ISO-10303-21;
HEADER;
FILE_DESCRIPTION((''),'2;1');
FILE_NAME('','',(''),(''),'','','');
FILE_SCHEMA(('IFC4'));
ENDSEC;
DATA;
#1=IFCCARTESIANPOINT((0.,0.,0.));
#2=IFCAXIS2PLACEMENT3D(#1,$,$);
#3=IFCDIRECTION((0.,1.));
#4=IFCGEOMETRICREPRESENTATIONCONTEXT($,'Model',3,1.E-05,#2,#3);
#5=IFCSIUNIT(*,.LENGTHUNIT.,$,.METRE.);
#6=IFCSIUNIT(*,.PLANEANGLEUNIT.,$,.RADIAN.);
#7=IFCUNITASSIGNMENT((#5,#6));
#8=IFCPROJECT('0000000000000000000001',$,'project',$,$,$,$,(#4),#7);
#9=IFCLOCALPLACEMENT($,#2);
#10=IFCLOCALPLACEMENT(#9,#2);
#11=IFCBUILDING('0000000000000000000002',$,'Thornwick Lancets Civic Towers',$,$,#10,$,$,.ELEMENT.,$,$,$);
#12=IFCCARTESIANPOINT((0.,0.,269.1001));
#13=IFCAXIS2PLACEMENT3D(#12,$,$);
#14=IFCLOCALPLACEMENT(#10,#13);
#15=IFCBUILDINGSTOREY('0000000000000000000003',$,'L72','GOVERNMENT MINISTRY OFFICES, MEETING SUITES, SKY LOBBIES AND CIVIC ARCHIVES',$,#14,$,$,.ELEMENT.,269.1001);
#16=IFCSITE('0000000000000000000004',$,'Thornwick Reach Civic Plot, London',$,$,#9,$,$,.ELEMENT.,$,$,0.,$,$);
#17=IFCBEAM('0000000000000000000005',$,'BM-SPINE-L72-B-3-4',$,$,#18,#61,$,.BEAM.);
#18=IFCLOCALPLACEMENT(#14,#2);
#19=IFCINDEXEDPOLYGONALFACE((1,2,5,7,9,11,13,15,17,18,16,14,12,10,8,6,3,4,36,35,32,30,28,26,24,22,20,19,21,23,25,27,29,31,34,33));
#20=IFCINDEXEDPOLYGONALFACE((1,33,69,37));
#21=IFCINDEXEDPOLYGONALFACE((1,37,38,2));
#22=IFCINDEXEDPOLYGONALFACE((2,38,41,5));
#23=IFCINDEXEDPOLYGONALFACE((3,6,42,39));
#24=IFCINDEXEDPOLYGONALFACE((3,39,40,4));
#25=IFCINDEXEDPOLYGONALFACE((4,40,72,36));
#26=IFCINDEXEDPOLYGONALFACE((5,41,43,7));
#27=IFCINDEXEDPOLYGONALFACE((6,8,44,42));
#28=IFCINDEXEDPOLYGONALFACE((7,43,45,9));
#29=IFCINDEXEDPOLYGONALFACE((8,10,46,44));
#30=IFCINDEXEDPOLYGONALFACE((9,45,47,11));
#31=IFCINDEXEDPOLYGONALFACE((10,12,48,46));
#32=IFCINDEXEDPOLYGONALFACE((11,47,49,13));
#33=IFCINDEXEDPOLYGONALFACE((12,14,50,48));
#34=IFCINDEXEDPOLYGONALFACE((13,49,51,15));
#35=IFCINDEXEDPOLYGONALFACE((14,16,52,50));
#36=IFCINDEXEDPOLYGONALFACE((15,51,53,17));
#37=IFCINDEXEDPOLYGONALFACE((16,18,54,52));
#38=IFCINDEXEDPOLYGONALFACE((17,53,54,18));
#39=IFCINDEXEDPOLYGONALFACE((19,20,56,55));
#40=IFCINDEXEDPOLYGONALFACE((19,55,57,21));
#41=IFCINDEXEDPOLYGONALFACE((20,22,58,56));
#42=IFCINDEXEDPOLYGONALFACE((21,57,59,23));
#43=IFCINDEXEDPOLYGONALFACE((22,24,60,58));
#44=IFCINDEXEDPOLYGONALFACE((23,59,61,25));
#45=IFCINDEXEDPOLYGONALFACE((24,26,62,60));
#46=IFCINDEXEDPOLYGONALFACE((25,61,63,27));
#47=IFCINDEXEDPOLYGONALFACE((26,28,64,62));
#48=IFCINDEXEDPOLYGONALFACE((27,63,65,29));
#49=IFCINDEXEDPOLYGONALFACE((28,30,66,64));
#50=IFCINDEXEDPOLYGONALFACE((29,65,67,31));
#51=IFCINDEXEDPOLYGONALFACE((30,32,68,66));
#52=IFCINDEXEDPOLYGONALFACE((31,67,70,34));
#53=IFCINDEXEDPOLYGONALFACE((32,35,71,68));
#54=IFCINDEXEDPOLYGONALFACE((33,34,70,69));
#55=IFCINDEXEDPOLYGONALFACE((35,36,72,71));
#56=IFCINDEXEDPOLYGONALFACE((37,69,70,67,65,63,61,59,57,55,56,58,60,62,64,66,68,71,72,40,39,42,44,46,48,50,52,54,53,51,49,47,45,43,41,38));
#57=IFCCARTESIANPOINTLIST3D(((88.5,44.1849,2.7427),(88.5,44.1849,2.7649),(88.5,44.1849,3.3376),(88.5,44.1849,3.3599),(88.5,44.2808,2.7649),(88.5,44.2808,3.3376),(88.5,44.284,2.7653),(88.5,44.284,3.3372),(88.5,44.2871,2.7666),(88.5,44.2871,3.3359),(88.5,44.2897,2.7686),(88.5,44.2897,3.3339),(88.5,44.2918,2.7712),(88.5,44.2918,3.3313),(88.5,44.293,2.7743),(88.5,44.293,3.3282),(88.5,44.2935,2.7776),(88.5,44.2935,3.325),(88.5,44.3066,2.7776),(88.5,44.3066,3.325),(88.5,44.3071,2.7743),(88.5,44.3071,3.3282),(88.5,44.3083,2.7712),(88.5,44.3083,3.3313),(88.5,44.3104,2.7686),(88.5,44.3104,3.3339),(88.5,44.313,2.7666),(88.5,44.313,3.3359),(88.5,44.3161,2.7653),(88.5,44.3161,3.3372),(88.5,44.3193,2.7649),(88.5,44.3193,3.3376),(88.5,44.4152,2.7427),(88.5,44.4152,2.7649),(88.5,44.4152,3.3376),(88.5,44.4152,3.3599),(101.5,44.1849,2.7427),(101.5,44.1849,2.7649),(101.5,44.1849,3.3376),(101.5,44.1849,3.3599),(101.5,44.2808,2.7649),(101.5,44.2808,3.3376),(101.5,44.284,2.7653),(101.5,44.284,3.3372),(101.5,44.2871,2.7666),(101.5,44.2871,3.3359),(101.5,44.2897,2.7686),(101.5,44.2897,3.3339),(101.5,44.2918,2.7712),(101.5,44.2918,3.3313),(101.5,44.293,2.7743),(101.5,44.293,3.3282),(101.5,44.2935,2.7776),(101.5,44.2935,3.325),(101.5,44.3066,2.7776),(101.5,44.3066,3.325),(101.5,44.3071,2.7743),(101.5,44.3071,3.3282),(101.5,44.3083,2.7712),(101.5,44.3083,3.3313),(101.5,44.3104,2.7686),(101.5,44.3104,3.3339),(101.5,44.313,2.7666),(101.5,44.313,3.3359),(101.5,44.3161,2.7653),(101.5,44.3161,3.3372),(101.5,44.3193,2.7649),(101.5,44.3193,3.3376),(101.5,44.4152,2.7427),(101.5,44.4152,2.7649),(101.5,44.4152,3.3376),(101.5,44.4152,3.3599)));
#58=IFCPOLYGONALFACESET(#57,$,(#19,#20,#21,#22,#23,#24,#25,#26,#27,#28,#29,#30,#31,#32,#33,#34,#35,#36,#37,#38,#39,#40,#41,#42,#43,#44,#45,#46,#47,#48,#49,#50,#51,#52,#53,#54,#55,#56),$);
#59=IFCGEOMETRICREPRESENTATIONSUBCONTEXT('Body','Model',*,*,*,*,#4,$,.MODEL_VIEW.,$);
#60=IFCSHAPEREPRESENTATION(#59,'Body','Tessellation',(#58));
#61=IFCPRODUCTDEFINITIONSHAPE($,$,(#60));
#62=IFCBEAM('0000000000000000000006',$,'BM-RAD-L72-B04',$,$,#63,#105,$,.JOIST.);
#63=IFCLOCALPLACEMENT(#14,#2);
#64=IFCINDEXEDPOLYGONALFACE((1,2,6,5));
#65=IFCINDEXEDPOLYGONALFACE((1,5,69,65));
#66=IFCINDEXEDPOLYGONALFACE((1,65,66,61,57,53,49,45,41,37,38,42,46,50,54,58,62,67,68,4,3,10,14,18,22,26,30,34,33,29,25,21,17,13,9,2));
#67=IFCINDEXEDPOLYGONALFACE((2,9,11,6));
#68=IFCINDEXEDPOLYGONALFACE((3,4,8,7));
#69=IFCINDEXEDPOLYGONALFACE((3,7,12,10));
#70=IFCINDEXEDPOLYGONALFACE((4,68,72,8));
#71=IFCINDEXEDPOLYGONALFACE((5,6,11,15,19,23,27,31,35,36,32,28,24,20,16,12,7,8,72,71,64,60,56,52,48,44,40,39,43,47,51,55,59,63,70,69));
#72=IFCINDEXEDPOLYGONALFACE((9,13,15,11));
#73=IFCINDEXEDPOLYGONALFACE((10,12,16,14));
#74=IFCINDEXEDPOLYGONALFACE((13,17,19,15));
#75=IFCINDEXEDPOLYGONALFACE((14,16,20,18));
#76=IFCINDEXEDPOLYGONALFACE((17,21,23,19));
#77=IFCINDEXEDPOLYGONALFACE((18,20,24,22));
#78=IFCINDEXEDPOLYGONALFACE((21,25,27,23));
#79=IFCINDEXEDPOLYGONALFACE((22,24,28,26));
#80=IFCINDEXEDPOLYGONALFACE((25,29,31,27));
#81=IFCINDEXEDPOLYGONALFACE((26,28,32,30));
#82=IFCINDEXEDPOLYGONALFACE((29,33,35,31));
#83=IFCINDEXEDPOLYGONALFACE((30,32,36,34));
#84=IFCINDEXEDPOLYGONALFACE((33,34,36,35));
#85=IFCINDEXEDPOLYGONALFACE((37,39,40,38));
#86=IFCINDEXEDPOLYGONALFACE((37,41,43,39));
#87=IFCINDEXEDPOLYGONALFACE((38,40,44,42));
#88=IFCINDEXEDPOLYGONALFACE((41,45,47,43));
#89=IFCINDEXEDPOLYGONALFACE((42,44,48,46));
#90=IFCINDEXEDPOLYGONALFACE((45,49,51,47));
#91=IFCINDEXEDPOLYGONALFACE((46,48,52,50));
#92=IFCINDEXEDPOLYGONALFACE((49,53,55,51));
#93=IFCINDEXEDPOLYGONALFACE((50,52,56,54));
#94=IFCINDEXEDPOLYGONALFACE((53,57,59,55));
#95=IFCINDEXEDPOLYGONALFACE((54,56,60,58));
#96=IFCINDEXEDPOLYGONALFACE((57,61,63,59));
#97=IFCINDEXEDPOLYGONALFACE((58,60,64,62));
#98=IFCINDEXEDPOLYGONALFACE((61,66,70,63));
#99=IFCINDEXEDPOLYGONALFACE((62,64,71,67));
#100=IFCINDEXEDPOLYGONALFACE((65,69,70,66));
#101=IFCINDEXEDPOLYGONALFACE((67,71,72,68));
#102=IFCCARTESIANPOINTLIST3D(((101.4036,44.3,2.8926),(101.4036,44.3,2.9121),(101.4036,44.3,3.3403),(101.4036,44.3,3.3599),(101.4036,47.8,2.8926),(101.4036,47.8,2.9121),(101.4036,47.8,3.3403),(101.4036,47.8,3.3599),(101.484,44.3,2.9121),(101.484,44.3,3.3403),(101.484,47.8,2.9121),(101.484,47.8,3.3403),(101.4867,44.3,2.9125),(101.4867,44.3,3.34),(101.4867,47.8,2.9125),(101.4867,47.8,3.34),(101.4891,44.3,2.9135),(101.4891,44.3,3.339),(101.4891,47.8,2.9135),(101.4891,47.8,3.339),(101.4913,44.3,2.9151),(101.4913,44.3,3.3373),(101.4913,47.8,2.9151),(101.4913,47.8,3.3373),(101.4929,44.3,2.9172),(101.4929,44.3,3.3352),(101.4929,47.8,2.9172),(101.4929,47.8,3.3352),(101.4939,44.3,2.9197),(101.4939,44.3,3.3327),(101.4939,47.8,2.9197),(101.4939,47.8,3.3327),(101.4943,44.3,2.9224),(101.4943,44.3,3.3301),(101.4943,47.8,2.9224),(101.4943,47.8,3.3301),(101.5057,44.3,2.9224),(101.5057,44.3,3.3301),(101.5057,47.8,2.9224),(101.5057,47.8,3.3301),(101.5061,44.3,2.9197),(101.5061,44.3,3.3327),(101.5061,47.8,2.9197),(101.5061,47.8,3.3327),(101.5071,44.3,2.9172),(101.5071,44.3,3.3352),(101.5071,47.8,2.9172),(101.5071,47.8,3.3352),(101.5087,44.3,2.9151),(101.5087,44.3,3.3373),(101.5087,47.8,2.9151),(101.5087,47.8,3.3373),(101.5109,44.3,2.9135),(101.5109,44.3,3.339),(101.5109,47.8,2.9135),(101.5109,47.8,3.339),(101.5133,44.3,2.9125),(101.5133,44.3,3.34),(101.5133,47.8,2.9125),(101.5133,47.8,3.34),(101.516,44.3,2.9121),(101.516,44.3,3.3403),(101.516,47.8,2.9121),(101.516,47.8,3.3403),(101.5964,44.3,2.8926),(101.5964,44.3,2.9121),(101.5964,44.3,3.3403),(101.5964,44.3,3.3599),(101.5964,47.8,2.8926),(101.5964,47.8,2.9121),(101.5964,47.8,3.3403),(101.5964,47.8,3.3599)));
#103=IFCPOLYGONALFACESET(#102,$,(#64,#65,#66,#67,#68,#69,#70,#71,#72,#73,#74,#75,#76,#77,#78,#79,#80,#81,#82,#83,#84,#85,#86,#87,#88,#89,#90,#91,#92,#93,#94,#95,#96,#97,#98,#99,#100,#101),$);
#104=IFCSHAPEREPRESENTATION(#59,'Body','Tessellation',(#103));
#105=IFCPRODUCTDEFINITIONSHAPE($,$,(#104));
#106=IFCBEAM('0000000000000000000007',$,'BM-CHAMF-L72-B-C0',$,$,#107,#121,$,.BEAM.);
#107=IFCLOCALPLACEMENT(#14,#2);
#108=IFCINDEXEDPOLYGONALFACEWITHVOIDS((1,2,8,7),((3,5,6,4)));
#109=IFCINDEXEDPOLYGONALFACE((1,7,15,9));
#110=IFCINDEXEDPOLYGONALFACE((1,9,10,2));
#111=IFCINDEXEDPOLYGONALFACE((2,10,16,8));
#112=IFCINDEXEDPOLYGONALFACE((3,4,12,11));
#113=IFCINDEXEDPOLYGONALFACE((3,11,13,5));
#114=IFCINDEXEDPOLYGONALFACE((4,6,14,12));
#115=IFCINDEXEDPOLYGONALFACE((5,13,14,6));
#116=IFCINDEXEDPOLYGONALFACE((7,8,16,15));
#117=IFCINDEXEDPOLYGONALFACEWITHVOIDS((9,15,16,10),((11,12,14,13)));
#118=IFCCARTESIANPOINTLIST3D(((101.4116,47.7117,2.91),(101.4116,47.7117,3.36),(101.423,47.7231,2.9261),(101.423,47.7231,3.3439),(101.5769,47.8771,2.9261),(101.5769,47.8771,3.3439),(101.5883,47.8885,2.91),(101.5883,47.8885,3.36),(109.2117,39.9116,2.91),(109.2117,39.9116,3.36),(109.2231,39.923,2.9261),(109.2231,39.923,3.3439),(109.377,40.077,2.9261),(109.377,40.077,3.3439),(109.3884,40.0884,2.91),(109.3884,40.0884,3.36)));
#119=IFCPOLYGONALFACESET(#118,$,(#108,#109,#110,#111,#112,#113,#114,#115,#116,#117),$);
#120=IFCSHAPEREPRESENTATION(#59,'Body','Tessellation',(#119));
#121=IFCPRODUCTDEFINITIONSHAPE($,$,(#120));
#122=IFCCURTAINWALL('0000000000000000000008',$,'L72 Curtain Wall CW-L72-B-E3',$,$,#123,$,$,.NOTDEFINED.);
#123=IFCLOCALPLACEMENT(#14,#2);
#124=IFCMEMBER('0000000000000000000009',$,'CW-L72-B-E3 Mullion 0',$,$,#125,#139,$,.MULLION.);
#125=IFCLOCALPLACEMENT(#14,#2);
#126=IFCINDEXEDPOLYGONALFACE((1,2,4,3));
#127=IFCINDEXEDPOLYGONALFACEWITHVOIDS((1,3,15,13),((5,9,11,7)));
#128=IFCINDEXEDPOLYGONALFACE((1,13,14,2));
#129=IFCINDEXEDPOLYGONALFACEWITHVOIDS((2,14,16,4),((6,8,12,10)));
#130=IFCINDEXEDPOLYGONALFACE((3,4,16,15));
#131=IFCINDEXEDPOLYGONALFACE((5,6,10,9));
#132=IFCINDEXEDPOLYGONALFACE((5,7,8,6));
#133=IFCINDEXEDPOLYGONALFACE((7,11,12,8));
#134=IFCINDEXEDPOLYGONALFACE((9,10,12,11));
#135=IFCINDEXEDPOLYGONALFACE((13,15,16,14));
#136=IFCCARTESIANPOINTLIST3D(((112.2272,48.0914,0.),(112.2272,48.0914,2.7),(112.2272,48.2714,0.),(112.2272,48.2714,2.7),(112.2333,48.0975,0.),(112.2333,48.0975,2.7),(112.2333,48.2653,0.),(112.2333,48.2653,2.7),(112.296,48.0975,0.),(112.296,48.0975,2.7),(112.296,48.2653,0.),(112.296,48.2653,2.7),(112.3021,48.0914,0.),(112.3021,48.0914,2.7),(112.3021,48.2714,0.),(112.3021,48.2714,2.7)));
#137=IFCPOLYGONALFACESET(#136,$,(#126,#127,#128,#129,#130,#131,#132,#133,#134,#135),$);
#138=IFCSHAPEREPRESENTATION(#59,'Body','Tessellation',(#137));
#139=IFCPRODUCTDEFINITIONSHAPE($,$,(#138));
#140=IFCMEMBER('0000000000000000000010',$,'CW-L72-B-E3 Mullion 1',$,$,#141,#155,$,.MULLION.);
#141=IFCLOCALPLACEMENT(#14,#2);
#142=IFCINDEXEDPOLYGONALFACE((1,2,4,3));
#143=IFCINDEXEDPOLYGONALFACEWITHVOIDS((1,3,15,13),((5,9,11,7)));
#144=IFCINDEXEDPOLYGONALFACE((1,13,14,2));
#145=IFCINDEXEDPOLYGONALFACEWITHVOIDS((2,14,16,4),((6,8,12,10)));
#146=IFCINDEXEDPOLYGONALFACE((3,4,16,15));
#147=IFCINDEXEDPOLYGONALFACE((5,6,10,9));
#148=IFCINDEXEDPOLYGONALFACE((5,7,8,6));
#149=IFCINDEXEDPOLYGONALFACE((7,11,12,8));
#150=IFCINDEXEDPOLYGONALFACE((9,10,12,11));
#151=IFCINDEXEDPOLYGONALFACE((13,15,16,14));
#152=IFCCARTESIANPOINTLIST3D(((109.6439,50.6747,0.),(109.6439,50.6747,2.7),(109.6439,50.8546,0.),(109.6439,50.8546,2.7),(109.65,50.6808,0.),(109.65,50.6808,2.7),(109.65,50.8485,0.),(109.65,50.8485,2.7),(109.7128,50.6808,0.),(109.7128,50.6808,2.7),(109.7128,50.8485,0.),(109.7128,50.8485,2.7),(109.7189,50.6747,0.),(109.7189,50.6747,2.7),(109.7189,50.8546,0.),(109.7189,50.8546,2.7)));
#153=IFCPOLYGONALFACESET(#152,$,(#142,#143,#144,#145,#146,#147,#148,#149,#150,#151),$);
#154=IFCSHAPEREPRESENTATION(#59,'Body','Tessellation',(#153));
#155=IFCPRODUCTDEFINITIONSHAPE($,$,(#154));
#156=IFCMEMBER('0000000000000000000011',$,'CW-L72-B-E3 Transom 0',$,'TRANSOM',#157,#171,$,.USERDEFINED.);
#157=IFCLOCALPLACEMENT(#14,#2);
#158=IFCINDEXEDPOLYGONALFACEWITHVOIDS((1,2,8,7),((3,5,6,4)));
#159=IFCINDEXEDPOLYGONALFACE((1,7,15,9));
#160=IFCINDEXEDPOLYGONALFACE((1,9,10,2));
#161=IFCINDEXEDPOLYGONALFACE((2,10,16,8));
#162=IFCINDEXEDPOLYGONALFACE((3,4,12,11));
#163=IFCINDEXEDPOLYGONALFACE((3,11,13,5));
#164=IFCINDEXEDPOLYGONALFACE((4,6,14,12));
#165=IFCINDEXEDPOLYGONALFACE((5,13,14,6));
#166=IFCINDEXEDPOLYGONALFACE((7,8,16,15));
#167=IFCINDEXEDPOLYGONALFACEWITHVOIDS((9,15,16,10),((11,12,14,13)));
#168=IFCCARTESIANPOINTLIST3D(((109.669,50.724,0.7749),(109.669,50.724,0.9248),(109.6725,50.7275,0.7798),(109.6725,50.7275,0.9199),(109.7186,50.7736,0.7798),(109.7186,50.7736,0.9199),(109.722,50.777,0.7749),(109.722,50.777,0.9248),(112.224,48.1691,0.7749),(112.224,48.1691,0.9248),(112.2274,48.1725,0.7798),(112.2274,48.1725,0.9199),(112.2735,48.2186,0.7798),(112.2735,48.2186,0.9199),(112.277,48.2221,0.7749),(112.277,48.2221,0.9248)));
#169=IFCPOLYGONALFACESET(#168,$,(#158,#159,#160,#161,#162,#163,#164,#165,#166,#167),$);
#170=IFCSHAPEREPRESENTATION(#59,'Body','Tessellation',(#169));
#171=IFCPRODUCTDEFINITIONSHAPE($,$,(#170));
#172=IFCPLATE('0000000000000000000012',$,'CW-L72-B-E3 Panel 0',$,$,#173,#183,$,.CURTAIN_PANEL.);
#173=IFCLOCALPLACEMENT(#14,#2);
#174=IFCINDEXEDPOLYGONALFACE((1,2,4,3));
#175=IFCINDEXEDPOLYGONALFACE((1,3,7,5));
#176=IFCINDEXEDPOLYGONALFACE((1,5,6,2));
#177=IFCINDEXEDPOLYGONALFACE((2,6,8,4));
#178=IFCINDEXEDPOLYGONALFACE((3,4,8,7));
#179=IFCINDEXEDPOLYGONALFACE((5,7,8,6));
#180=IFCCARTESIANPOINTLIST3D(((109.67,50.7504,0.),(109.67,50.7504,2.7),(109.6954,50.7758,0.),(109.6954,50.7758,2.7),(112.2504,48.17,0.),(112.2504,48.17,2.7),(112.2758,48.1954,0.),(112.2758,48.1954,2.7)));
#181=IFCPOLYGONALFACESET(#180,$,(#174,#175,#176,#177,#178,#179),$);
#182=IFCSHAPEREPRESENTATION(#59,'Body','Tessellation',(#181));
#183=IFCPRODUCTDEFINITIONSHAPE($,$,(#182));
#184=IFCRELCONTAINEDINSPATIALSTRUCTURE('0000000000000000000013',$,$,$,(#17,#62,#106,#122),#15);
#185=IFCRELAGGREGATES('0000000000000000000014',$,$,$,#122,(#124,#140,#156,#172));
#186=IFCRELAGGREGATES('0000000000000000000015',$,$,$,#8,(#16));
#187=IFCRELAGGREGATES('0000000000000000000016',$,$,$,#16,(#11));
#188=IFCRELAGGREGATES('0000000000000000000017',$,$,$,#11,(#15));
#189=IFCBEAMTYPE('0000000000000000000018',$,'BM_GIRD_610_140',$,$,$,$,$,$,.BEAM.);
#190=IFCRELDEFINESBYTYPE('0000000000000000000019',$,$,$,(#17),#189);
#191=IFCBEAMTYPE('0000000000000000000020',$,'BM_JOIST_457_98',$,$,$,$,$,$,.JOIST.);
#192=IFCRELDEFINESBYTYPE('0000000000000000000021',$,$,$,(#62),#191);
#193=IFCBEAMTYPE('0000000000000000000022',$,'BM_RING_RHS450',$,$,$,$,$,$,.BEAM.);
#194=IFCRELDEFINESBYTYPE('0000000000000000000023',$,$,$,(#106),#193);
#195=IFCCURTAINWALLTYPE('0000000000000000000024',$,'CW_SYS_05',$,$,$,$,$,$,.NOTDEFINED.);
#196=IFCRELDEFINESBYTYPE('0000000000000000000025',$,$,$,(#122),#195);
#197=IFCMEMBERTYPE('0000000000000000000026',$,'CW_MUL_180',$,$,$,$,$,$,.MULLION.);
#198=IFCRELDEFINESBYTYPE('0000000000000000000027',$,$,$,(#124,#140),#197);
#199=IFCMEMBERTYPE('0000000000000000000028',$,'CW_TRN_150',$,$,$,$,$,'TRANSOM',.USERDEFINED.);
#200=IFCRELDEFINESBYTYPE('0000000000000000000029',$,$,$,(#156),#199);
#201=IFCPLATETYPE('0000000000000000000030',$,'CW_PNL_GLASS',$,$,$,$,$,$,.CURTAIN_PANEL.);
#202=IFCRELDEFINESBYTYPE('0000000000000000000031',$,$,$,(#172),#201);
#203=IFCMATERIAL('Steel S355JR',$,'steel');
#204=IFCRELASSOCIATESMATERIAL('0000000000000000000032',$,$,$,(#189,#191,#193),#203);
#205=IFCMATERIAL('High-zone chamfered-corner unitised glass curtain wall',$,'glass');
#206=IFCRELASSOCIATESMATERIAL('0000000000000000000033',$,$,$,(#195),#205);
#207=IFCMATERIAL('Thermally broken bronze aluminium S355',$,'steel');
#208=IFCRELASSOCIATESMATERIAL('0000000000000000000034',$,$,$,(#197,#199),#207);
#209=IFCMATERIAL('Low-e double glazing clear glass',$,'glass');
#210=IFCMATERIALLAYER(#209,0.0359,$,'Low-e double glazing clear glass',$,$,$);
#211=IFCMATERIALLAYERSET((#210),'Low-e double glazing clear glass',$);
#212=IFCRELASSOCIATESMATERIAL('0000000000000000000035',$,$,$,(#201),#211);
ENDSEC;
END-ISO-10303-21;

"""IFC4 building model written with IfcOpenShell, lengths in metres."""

from ifc_helpers import new_model, si_unit, direction, frame, origin, origin_2d, place, context, subcontext, project, spatial, rectangle, hollow_rectangle, i_section, extrude, material, layer, layer_set, material_profile, profile_set, type_object, element, aggregate, save


model = new_model("IFC4")

# Units and contexts
model_context = context("Model", 3, precision=1e-05, world=origin(), true_north=direction((0.0, 1.0)))
body_context = subcontext(model_context, "Body", "Model", "MODEL_VIEW")
ifc_project = project(units=[si_unit("LENGTHUNIT", "METRE"), si_unit("PLANEANGLEUNIT", "RADIAN")], contexts=[model_context])

# Site, building, storey
site_placement = place(None, origin())
site = spatial("IfcSite", under=ifc_project, at=site_placement, Name="Thornwick Reach Civic Plot, London", CompositionType="ELEMENT", RefElevation=0.0)
building_placement = place(site_placement, origin())
building = spatial("IfcBuilding", under=site, at=building_placement, Name="Thornwick Lancets Civic Towers", CompositionType="ELEMENT")
storey_placement = place(building_placement, frame((0.0, 0.0, 269.1001)))
storey = spatial("IfcBuildingStorey", under=building, at=storey_placement, Name="L72", Description="GOVERNMENT MINISTRY OFFICES, MEETING SUITES, SKY LOBBIES AND CIVIC ARCHIVES", CompositionType="ELEMENT", Elevation=269.1001)

# Shared definitions
ifc_material_1 = material(Name="Steel S355JR", Category="steel")

# Beams
ifc_material_profile_1 = material_profile(ifc_material_1, i_section(OverallWidth=0.2302, OverallDepth=0.6172, WebThickness=0.0132, FlangeThickness=0.0222, FilletRadius=0.0127, at=origin_2d()), Name="UKB 610x229x140")
ifc_profile_set_1 = profile_set([ifc_material_profile_1], Name="Steel S355JR")
beam_type_1 = type_object("IfcBeamType", Name="BM_GIRD_610_140", PredefinedType="BEAM", material=ifc_profile_set_1)
beam_1_placement = place(storey_placement, frame((101.5, 44.3, 3.0513), z_axis=(-1.0, 0.0, 0.0), x_axis=(0.0, -1.0, 0.0)))
element("IfcBeam", 1, at=beam_1_placement, inside=storey, type_object=beam_type_1, Name="BM-SPINE-L72-B-3-4", PredefinedType="BEAM", context=body_context, shape_type="SweptSolid", body=[
    extrude(i_section(OverallWidth=0.2302, OverallDepth=0.6172, WebThickness=0.0132, FlangeThickness=0.0222, FilletRadius=0.0127, at=origin_2d()), origin(), (0.0, 0.0, 1.0), 13.0),
])
ifc_material_profile_2 = material_profile(ifc_material_1, i_section(OverallWidth=0.1929, OverallDepth=0.4673, WebThickness=0.0115, FlangeThickness=0.0195, FilletRadius=0.0103, at=origin_2d()), Name="UKB 457x191x98")
ifc_profile_set_2 = profile_set([ifc_material_profile_2], Name="Steel S355JR")
beam_type_2 = type_object("IfcBeamType", Name="BM_JOIST_457_98", PredefinedType="JOIST", material=ifc_profile_set_2)
beam_2_placement = place(storey_placement, frame((101.5, 44.3, 3.1262), z_axis=(0.0, 1.0, 0.0), x_axis=(-1.0, 0.0, 0.0)))
element("IfcBeam", 2, at=beam_2_placement, inside=storey, type_object=beam_type_2, Name="BM-RAD-L72-B04", PredefinedType="JOIST", context=body_context, shape_type="SweptSolid", body=[
    extrude(i_section(OverallWidth=0.1929, OverallDepth=0.4673, WebThickness=0.0115, FlangeThickness=0.0195, FilletRadius=0.0103, at=origin_2d()), origin(), (0.0, 0.0, 1.0), 3.5),
])
ifc_material_profile_3 = material_profile(ifc_material_1, hollow_rectangle(XDim=0.25, YDim=0.45, WallThickness=0.0161, at=origin_2d()), Name="RHS 450x250x16")
ifc_profile_set_3 = profile_set([ifc_material_profile_3], Name="Steel S355JR")
beam_type_3 = type_object("IfcBeamType", Name="BM_RING_RHS450", PredefinedType="BEAM", material=ifc_profile_set_3)
beam_3_placement = place(storey_placement, frame((109.3, 40.0, 3.135), z_axis=(-0.707107, 0.707107, 0.0), x_axis=(-0.707107, -0.707107, 0.0)))
element("IfcBeam", 3, at=beam_3_placement, inside=storey, type_object=beam_type_3, Name="BM-CHAMF-L72-B-C0", PredefinedType="BEAM", context=body_context, shape_type="SweptSolid", body=[
    extrude(hollow_rectangle(XDim=0.25, YDim=0.45, WallThickness=0.0161, at=origin_2d()), origin(), (0.0, 0.0, 1.0), 11.031),
])

# Curtain wall, members, plate
ifc_material_2 = material(Name="High-zone chamfered-corner unitised glass curtain wall", Category="glass")
curtain_wall_type = type_object("IfcCurtainWallType", Name="CW_SYS_05", PredefinedType="NOTDEFINED", material=ifc_material_2)
curtain_wall_placement = place(storey_placement, origin())
curtain_wall = element("IfcCurtainWall", 4, at=curtain_wall_placement, inside=storey, type_object=curtain_wall_type, Name="L72 Curtain Wall CW-L72-B-E3", PredefinedType="NOTDEFINED")
ifc_material_3 = material(Name="Thermally broken bronze aluminium S355", Category="steel")
ifc_material_profile_4 = material_profile(ifc_material_3, hollow_rectangle(XDim=0.075, YDim=0.1799, WallThickness=0.0061, at=origin_2d()), Name="RHS 180x75x6")
ifc_profile_set_4 = profile_set([ifc_material_profile_4], Name="Thermally broken bronze aluminium S355")
member_type_1 = type_object("IfcMemberType", Name="CW_MUL_180", PredefinedType="MULLION", material=ifc_profile_set_4)
member_1_placement = place(storey_placement, frame((112.2646, 48.1814, 0.0), z_axis=(0.0, 0.0, 1.0), x_axis=(1.0, 0.0, 0.0)))
member_1 = element("IfcMember", 5, at=member_1_placement, type_object=member_type_1, Name="CW-L72-B-E3 Mullion 0", PredefinedType="MULLION", context=body_context, shape_type="SweptSolid", body=[
    extrude(hollow_rectangle(XDim=0.075, YDim=0.1799, WallThickness=0.0061, at=origin_2d()), origin(), (0.0, 0.0, 1.0), 2.7),
])
member_2_placement = place(storey_placement, frame((109.6814, 50.7646, 0.0), z_axis=(0.0, 0.0, 1.0), x_axis=(1.0, 0.0, 0.0)))
member_2 = element("IfcMember", 6, at=member_2_placement, type_object=member_type_1, Name="CW-L72-B-E3 Mullion 1", PredefinedType="MULLION", context=body_context, shape_type="SweptSolid", body=[
    extrude(hollow_rectangle(XDim=0.075, YDim=0.1799, WallThickness=0.0061, at=origin_2d()), origin(), (0.0, 0.0, 1.0), 2.7),
])
ifc_material_profile_5 = material_profile(ifc_material_3, hollow_rectangle(XDim=0.075, YDim=0.1499, WallThickness=0.0049, at=origin_2d()), Name="RHS 150x75x5")
ifc_profile_set_5 = profile_set([ifc_material_profile_5], Name="Thermally broken bronze aluminium S355")
member_type_2 = type_object("IfcMemberType", Name="CW_TRN_150", ElementType="TRANSOM", PredefinedType="USERDEFINED", material=ifc_profile_set_5)
member_3_placement = place(storey_placement, frame((112.2505, 48.1956, 0.8499), z_axis=(-0.707107, 0.707107, 0.0), x_axis=(-0.707107, -0.707107, 0.0)))
member_3 = element("IfcMember", 7, at=member_3_placement, type_object=member_type_2, Name="CW-L72-B-E3 Transom 0", ObjectType="TRANSOM", PredefinedType="USERDEFINED", context=body_context, shape_type="SweptSolid", body=[
    extrude(hollow_rectangle(XDim=0.075, YDim=0.1499, WallThickness=0.0049, at=origin_2d()), origin(), (0.0, 0.0, 1.0), 3.6133),
])
ifc_material_4 = material(Name="Low-e double glazing clear glass", Category="glass")
ifc_layer_1 = layer(ifc_material_4, 0.0359, Name="Low-e double glazing clear glass")
ifc_layer_set_1 = layer_set([ifc_layer_1], Name="Low-e double glazing clear glass")
plate_type = type_object("IfcPlateType", Name="CW_PNL_GLASS", PredefinedType="CURTAIN_PANEL", material=ifc_layer_set_1)
plate_placement = place(storey_placement, frame((110.9729, 49.4729, 0.0), z_axis=(0.0, 0.0, 1.0), x_axis=(-0.707107, 0.707107, 0.0)))
plate = element("IfcPlate", 8, at=plate_placement, type_object=plate_type, Name="CW-L72-B-E3 Panel 0", PredefinedType="CURTAIN_PANEL", context=body_context, shape_type="SweptSolid", body=[
    extrude(rectangle(XDim=3.6492, YDim=0.0359, at=origin_2d()), origin(), (0.0, 0.0, 1.0), 2.7),
])
aggregate(curtain_wall, [member_1, member_2, member_3, plate])

save(model, "model.ifc")
